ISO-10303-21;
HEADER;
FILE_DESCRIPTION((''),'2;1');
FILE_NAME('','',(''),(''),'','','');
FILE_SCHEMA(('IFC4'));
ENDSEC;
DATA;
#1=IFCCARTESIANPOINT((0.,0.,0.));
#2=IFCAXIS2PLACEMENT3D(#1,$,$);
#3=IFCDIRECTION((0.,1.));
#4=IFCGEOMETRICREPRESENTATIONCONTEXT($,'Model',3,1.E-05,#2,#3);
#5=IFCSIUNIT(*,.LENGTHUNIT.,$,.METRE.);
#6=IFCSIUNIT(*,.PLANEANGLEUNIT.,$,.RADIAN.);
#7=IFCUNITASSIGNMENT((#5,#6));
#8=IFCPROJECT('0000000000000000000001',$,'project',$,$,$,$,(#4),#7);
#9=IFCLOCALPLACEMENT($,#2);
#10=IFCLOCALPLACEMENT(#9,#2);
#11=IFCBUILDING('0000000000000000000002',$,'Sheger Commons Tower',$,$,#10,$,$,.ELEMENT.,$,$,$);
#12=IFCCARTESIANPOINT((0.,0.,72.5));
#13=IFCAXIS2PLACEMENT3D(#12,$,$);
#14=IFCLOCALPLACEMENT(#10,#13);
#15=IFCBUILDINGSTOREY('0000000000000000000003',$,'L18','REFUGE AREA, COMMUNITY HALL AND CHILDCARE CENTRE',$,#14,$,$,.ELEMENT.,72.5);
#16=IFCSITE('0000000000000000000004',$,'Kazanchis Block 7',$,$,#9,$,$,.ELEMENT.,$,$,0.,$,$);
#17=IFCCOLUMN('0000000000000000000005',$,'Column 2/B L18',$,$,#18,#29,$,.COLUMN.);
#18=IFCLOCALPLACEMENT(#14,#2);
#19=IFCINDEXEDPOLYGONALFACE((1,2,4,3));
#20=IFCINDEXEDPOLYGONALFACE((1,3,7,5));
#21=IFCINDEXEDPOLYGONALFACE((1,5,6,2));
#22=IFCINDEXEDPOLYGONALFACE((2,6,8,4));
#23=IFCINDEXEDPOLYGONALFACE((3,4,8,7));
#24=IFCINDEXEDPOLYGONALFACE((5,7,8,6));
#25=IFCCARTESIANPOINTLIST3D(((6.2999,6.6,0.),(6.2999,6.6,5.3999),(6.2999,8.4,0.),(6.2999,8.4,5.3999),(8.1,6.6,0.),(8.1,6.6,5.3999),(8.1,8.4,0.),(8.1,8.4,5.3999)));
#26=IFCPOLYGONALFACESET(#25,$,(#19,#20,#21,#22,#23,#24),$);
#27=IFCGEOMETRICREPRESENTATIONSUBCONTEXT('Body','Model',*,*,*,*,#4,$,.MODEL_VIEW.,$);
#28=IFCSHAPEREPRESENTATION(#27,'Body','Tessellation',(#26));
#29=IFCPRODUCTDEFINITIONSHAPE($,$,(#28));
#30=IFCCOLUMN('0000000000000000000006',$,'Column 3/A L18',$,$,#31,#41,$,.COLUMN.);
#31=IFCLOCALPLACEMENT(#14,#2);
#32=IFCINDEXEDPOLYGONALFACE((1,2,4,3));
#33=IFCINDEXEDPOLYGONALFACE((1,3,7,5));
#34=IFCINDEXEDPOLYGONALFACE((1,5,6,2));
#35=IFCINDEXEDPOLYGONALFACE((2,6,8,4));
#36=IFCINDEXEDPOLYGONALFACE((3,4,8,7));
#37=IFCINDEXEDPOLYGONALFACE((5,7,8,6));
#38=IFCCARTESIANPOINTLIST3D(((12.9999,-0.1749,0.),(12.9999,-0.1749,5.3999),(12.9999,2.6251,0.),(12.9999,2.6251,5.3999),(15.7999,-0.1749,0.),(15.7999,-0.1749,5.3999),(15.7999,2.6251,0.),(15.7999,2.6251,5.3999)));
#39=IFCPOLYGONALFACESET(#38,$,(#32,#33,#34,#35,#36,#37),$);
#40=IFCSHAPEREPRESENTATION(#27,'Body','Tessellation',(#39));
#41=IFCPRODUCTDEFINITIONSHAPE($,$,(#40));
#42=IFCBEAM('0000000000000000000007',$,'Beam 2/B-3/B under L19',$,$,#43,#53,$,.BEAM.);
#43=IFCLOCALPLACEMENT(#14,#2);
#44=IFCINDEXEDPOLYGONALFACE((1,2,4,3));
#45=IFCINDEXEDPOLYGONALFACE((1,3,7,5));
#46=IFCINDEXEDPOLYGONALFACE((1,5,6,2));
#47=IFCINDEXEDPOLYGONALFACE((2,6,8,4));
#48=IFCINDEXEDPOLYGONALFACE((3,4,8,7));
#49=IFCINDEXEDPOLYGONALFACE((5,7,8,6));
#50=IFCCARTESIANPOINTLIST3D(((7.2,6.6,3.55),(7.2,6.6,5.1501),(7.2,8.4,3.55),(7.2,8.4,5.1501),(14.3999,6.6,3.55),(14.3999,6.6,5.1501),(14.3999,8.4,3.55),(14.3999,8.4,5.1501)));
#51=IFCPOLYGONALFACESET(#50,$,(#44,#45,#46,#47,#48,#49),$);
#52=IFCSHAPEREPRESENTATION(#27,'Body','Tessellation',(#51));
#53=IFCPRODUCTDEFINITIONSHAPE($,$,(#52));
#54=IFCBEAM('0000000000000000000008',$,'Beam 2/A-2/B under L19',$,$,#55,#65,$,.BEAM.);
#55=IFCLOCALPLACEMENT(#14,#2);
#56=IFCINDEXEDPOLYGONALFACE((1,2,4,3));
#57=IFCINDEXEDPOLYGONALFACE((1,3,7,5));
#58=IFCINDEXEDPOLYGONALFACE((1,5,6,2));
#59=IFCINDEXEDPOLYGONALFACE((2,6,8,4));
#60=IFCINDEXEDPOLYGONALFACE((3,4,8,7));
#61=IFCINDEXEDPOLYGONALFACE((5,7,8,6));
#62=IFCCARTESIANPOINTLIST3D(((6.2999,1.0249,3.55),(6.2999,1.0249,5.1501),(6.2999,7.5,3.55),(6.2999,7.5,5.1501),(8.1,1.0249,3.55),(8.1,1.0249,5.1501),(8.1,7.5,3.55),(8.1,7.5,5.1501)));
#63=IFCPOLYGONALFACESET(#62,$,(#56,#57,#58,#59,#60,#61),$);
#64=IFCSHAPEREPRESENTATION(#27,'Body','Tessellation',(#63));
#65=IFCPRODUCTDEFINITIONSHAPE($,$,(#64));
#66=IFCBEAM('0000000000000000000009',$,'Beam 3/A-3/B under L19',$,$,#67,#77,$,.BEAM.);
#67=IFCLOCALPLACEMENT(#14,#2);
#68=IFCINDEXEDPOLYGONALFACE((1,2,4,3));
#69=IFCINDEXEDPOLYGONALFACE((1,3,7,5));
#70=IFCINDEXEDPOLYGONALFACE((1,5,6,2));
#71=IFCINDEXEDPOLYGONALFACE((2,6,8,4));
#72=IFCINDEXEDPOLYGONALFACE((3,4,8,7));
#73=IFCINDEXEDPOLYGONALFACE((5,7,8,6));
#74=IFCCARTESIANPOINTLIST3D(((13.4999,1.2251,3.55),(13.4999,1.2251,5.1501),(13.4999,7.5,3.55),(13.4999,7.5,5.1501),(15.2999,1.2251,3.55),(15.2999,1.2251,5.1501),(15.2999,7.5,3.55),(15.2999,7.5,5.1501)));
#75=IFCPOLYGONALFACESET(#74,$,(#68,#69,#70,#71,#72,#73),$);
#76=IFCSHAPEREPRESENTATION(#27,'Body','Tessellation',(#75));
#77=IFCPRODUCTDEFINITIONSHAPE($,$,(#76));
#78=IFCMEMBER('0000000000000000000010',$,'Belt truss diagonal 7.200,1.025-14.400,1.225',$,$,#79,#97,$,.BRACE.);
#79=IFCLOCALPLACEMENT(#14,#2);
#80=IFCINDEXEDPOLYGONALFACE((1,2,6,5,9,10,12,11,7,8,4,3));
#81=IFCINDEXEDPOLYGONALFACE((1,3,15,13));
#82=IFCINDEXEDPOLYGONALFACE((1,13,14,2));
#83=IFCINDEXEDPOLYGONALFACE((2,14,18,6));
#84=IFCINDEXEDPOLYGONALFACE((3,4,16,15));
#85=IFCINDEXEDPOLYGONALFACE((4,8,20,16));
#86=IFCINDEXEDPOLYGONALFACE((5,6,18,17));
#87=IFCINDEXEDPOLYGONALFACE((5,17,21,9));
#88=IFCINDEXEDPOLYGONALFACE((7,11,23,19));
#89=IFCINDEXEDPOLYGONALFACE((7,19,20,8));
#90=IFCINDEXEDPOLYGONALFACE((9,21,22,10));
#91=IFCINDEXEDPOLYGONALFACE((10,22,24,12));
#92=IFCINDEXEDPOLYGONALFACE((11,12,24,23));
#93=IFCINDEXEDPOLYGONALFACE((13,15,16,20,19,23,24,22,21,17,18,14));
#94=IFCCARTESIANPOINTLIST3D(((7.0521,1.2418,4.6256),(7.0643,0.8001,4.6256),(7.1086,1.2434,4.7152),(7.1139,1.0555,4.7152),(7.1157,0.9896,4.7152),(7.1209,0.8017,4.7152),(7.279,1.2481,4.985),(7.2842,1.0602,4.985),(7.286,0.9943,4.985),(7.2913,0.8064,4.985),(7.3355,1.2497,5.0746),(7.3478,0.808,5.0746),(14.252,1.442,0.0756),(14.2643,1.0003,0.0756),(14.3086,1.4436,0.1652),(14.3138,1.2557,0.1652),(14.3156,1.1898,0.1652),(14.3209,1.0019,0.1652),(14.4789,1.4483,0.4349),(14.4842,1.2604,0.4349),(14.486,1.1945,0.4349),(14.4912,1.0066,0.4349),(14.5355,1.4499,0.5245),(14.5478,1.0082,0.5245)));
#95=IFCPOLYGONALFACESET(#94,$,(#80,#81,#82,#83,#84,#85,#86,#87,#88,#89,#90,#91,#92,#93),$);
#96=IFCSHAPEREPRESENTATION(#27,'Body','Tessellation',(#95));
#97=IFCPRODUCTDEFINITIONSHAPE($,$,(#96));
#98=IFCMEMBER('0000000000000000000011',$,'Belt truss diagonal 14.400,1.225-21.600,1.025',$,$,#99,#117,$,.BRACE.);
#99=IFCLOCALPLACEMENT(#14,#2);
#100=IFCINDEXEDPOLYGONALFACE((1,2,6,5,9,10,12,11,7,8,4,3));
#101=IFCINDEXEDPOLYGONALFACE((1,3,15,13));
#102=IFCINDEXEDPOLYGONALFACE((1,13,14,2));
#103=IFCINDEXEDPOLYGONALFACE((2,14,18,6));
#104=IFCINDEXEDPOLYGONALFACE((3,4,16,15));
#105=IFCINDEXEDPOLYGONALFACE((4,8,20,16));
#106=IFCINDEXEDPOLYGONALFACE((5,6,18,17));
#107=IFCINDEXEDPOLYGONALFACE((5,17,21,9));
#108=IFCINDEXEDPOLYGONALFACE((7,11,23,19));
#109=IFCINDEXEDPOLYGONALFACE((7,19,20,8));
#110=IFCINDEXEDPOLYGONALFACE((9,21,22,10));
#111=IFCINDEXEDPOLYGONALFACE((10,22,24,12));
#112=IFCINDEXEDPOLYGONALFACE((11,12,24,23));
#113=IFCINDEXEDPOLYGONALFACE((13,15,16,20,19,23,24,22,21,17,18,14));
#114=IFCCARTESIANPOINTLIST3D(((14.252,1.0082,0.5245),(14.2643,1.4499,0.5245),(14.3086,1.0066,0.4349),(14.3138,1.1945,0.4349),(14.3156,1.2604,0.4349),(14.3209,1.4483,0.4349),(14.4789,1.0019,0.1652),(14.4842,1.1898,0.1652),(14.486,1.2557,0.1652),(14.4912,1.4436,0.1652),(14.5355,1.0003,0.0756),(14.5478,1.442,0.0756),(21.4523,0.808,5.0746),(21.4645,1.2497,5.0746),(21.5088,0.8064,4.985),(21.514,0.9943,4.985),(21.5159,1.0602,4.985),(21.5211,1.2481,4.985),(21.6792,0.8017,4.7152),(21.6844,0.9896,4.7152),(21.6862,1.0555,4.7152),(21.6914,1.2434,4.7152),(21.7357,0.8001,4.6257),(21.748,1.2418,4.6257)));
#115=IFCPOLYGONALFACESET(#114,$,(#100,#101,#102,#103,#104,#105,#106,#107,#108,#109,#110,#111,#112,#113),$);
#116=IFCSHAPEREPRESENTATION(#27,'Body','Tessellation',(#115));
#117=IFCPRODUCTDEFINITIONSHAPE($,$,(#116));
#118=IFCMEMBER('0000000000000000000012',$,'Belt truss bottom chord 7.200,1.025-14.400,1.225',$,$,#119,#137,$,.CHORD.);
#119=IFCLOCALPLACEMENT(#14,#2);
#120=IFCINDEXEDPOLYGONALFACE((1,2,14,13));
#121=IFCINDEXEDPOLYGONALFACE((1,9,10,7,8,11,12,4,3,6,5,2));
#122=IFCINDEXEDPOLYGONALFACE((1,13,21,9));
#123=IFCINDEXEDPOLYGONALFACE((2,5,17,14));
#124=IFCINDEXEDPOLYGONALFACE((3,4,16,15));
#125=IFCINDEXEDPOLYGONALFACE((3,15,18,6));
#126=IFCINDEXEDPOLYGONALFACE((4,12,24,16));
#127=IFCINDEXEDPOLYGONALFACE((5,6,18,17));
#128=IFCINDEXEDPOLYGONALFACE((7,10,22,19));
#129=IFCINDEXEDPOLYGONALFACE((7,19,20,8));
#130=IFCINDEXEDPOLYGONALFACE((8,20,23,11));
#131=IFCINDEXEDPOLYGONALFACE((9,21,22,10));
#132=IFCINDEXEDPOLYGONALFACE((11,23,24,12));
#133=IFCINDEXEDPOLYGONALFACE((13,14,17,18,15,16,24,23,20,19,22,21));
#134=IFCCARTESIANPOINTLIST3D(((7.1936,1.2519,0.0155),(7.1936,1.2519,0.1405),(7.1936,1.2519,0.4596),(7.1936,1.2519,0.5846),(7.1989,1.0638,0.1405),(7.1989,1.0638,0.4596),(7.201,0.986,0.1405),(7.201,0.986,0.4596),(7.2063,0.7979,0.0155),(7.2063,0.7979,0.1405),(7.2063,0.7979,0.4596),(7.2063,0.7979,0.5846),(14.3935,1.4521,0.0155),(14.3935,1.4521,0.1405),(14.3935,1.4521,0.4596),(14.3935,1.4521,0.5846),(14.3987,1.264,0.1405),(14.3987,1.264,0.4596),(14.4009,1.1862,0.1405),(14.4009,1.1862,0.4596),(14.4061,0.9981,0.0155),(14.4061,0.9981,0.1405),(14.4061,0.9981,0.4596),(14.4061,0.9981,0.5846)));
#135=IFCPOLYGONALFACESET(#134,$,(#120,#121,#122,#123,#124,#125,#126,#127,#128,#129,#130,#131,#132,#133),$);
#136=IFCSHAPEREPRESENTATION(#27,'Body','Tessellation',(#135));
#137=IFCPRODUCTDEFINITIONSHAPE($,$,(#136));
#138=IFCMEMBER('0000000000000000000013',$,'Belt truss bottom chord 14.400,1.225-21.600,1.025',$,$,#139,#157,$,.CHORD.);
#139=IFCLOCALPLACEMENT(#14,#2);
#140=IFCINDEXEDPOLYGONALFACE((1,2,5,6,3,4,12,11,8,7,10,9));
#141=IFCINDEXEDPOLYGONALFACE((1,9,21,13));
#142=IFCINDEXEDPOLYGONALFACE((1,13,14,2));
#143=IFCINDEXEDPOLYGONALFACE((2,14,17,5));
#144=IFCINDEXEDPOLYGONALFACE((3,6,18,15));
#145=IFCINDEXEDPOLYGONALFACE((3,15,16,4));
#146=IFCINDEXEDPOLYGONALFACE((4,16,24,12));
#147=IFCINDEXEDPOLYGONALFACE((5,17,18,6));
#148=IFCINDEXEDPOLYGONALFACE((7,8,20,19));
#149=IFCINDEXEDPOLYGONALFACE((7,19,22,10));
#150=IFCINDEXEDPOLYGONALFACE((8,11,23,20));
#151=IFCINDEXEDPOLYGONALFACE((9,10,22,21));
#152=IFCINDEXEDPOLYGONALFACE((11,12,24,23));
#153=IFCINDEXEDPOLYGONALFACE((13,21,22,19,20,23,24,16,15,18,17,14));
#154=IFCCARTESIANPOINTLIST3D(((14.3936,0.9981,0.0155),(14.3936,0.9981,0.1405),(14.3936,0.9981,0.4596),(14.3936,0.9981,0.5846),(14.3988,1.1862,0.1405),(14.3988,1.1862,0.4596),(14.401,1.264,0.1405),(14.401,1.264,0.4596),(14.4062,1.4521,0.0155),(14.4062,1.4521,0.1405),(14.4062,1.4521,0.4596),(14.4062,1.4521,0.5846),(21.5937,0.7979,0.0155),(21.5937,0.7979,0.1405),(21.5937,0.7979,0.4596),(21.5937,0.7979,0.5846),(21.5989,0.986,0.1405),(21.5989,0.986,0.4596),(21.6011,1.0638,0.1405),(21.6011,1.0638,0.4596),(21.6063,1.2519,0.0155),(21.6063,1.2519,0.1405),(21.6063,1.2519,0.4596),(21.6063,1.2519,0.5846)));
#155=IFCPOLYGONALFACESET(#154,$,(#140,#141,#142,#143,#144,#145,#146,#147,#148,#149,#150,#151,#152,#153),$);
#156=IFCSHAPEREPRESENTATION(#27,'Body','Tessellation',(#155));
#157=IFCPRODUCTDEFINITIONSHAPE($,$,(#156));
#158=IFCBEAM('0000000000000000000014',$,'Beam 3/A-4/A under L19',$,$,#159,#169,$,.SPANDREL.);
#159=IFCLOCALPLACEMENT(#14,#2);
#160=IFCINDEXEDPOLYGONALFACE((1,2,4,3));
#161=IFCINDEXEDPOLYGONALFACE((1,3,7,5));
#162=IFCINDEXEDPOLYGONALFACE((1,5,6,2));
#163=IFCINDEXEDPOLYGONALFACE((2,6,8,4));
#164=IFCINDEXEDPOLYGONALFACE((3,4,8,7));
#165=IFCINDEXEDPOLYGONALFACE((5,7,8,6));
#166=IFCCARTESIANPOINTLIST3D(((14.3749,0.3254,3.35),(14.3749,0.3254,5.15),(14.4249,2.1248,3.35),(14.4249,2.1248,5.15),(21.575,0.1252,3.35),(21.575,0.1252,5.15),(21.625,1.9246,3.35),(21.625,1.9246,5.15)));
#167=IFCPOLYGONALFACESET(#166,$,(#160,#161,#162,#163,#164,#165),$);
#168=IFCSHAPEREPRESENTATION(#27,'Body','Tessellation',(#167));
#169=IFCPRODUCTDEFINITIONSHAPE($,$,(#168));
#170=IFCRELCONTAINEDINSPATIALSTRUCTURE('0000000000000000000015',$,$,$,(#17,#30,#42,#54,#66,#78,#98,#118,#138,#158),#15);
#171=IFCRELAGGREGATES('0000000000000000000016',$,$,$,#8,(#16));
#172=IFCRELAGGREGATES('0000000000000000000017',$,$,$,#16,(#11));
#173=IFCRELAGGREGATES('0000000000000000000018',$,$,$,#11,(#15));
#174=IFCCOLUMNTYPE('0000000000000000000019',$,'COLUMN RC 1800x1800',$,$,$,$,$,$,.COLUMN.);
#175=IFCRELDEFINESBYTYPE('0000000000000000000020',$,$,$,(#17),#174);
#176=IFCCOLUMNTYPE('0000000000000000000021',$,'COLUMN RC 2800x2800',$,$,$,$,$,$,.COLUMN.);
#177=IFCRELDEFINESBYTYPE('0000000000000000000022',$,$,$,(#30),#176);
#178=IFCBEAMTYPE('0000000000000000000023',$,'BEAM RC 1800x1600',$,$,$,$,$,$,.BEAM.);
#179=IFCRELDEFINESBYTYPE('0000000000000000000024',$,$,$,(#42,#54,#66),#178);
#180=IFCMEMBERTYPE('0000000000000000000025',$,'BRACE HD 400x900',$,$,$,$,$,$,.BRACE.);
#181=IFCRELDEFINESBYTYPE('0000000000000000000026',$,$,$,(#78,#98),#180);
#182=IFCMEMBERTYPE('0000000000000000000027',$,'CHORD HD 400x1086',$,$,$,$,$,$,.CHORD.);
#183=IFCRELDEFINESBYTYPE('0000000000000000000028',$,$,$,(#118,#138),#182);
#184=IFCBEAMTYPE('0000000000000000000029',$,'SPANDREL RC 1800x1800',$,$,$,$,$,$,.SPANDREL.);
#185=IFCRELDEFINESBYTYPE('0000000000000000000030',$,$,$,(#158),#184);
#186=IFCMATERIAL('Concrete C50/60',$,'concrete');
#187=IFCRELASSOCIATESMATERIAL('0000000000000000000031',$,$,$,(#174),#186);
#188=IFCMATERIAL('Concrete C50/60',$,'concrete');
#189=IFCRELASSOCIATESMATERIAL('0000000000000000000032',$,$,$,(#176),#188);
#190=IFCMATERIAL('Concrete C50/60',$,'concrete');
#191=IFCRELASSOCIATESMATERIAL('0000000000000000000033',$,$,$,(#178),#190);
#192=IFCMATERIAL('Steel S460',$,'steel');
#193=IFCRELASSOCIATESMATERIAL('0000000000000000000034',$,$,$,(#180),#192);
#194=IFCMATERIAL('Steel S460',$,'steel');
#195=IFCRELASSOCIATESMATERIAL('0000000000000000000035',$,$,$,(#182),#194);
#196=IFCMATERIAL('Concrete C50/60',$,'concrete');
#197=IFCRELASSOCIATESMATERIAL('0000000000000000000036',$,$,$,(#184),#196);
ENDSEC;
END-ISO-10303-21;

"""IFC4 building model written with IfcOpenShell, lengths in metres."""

from ifc_helpers import new_model, si_unit, direction, frame, origin, origin_2d, place, context, subcontext, project, spatial, rectangle, i_section, extrude, material, material_profile, profile_set, type_object, element, save


model = new_model("IFC4")

# Units and contexts
model_context = context("Model", 3, precision=1e-05, world=origin(), true_north=direction((0.0, 1.0)))
body_context = subcontext(model_context, "Body", "Model", "MODEL_VIEW")
ifc_project = project(units=[si_unit("LENGTHUNIT", "METRE"), si_unit("PLANEANGLEUNIT", "RADIAN")], contexts=[model_context])

# Site, building, storey
site_placement = place(None, origin())
site = spatial("IfcSite", under=ifc_project, at=site_placement, Name="Kazanchis Block 7", CompositionType="ELEMENT", RefElevation=0.0)
building_placement = place(site_placement, origin())
building = spatial("IfcBuilding", under=site, at=building_placement, Name="Sheger Commons Tower", CompositionType="ELEMENT")
storey_placement = place(building_placement, frame((0.0, 0.0, 72.5)))
storey = spatial("IfcBuildingStorey", under=building, at=storey_placement, Name="L18", Description="REFUGE AREA, COMMUNITY HALL AND CHILDCARE CENTRE", CompositionType="ELEMENT", Elevation=72.5)

# Columns
ifc_material_1 = material(Name="Concrete C50/60", Category="concrete")
ifc_material_profile_1 = material_profile(ifc_material_1, rectangle(XDim=1.8, YDim=1.8, at=origin_2d()), Name="RC 1800x1800")
ifc_profile_set_1 = profile_set([ifc_material_profile_1], Name="Concrete C50/60")
column_type_1 = type_object("IfcColumnType", Name="COLUMN RC 1800x1800", PredefinedType="COLUMN", material=ifc_profile_set_1)
column_1_placement = place(storey_placement, frame((7.2, 7.5, 0.0), z_axis=(0.0, 0.0, 1.0), x_axis=(1.0, 0.0, 0.0)))
element("IfcColumn", 1, at=column_1_placement, inside=storey, type_object=column_type_1, Name="Column 2/B L18", PredefinedType="COLUMN", context=body_context, shape_type="SweptSolid", body=[
    extrude(rectangle(XDim=1.8, YDim=1.8, at=origin_2d()), origin(), (0.0, 0.0, 1.0), 5.3999),
])
ifc_material_2 = material(Name="Concrete C50/60", Category="concrete")
ifc_material_profile_2 = material_profile(ifc_material_2, rectangle(XDim=2.8, YDim=2.8, at=origin_2d()), Name="RC 2800x2800")
ifc_profile_set_2 = profile_set([ifc_material_profile_2], Name="Concrete C50/60")
column_type_2 = type_object("IfcColumnType", Name="COLUMN RC 2800x2800", PredefinedType="COLUMN", material=ifc_profile_set_2)
column_2_placement = place(storey_placement, frame((14.3999, 1.2251, 0.0), z_axis=(0.0, 0.0, 1.0), x_axis=(1.0, 0.0, 0.0)))
element("IfcColumn", 2, at=column_2_placement, inside=storey, type_object=column_type_2, Name="Column 3/A L18", PredefinedType="COLUMN", context=body_context, shape_type="SweptSolid", body=[
    extrude(rectangle(XDim=2.8, YDim=2.8, at=origin_2d()), origin(), (0.0, 0.0, 1.0), 5.3999),
])

# Beams
ifc_material_3 = material(Name="Concrete C50/60", Category="concrete")
ifc_material_profile_3 = material_profile(ifc_material_3, rectangle(XDim=1.8, YDim=1.6001, at=origin_2d()), Name="RC 1800x1600")
ifc_profile_set_3 = profile_set([ifc_material_profile_3], Name="Concrete C50/60")
beam_type_1 = type_object("IfcBeamType", Name="BEAM RC 1800x1600", PredefinedType="BEAM", material=ifc_profile_set_3)
beam_1_placement = place(storey_placement, frame((7.2, 7.5, 4.3501), z_axis=(1.0, 0.0, 0.0), x_axis=(0.0, 1.0, 0.0)))
element("IfcBeam", 3, at=beam_1_placement, inside=storey, type_object=beam_type_1, Name="Beam 2/B-3/B under L19", PredefinedType="BEAM", context=body_context, shape_type="SweptSolid", body=[
    extrude(rectangle(XDim=1.8, YDim=1.6001, at=origin_2d()), origin(), (0.0, 0.0, 1.0), 7.2),
])
beam_2_placement = place(storey_placement, frame((7.2, 1.0249, 4.3501), z_axis=(0.0, 1.0, 0.0), x_axis=(-1.0, 0.0, 0.0)))
element("IfcBeam", 4, at=beam_2_placement, inside=storey, type_object=beam_type_1, Name="Beam 2/A-2/B under L19", PredefinedType="BEAM", context=body_context, shape_type="SweptSolid", body=[
    extrude(rectangle(XDim=1.8, YDim=1.6001, at=origin_2d()), origin(), (0.0, 0.0, 1.0), 6.4751),
])
beam_3_placement = place(storey_placement, frame((14.3999, 1.2251, 4.3501), z_axis=(0.0, 1.0, 0.0), x_axis=(-1.0, 0.0, 0.0)))
element("IfcBeam", 5, at=beam_3_placement, inside=storey, type_object=beam_type_1, Name="Beam 3/A-3/B under L19", PredefinedType="BEAM", context=body_context, shape_type="SweptSolid", body=[
    extrude(rectangle(XDim=1.8, YDim=1.6001, at=origin_2d()), origin(), (0.0, 0.0, 1.0), 6.2749),
])

# Members
ifc_material_4 = material(Name="Steel S460", Category="steel")
ifc_material_profile_4 = material_profile(ifc_material_4, i_section(OverallWidth=0.4419, OverallDepth=0.531, WebThickness=0.0659, FlangeThickness=0.106, at=origin_2d()), Name="HD 400x900")
ifc_profile_set_4 = profile_set([ifc_material_profile_4], Name="Steel S460")
member_type_1 = type_object("IfcMemberType", Name="BRACE HD 400x900", PredefinedType="BRACE", material=ifc_profile_set_4)
member_1_placement = place(storey_placement, frame((14.3999, 1.2251, 0.3), z_axis=(-0.845112, -0.023498, 0.534073), x_axis=(0.027794, -0.999614, 0.0)))
element("IfcMember", 6, at=member_1_placement, inside=storey, type_object=member_type_1, Name="Belt truss diagonal 7.200,1.025-14.400,1.225", PredefinedType="BRACE", context=body_context, shape_type="SweptSolid", body=[
    extrude(i_section(OverallWidth=0.4419, OverallDepth=0.531, WebThickness=0.0659, FlangeThickness=0.106, at=origin_2d()), origin(), (0.0, 0.0, 1.0), 8.5195),
])
member_2_placement = place(storey_placement, frame((14.3999, 1.2251, 0.3), z_axis=(0.84512, -0.023498, 0.53406), x_axis=(0.027793, 0.999614, 0.0)))
element("IfcMember", 7, at=member_2_placement, inside=storey, type_object=member_type_1, Name="Belt truss diagonal 14.400,1.225-21.600,1.025", PredefinedType="BRACE", context=body_context, shape_type="SweptSolid", body=[
    extrude(i_section(OverallWidth=0.4419, OverallDepth=0.531, WebThickness=0.0659, FlangeThickness=0.106, at=origin_2d()), origin(), (0.0, 0.0, 1.0), 8.5198),
])
ifc_material_5 = material(Name="Steel S460", Category="steel")
ifc_material_profile_5 = material_profile(ifc_material_5, i_section(OverallWidth=0.4541, OverallDepth=0.5691, WebThickness=0.0779, FlangeThickness=0.125, at=origin_2d()), Name="HD 400x1086")
ifc_profile_set_5 = profile_set([ifc_material_profile_5], Name="Steel S460")
member_type_2 = type_object("IfcMemberType", Name="CHORD HD 400x1086", PredefinedType="CHORD", material=ifc_profile_set_5)
member_3_placement = place(storey_placement, frame((7.2, 1.0249, 0.3), z_axis=(0.999614, 0.027794, 0.0), x_axis=(-0.027794, 0.999614, 0.0)))
element("IfcMember", 8, at=member_3_placement, inside=storey, type_object=member_type_2, Name="Belt truss bottom chord 7.200,1.025-14.400,1.225", PredefinedType="CHORD", context=body_context, shape_type="SweptSolid", body=[
    extrude(i_section(OverallWidth=0.4541, OverallDepth=0.5691, WebThickness=0.0779, FlangeThickness=0.125, at=origin_2d()), origin(), (0.0, 0.0, 1.0), 7.2026),
])
member_4_placement = place(storey_placement, frame((14.3999, 1.2251, 0.3), z_axis=(0.999614, -0.027793, 0.0), x_axis=(0.027793, 0.999614, 0.0)))
element("IfcMember", 9, at=member_4_placement, inside=storey, type_object=member_type_2, Name="Belt truss bottom chord 14.400,1.225-21.600,1.025", PredefinedType="CHORD", context=body_context, shape_type="SweptSolid", body=[
    extrude(i_section(OverallWidth=0.4541, OverallDepth=0.5691, WebThickness=0.0779, FlangeThickness=0.125, at=origin_2d()), origin(), (0.0, 0.0, 1.0), 7.2029),
])

# Beam
ifc_material_6 = material(Name="Concrete C50/60", Category="concrete")
ifc_material_profile_6 = material_profile(ifc_material_6, rectangle(XDim=1.8, YDim=1.8, at=origin_2d()), Name="RC 1800x1800")
ifc_profile_set_6 = profile_set([ifc_material_profile_6], Name="Concrete C50/60")
beam_type_2 = type_object("IfcBeamType", Name="SPANDREL RC 1800x1800", PredefinedType="SPANDREL", material=ifc_profile_set_6)
beam_4_placement = place(storey_placement, frame((14.3999, 1.2251, 4.25), z_axis=(0.999614, -0.027793, 0.0), x_axis=(0.027793, 0.999614, 0.0)))
element("IfcBeam", 10, at=beam_4_placement, inside=storey, type_object=beam_type_2, Name="Beam 3/A-4/A under L19", PredefinedType="SPANDREL", context=body_context, shape_type="SweptSolid", body=[
    extrude(rectangle(XDim=1.8, YDim=1.8, at=origin_2d()), origin(), (0.0, 0.0, 1.0), 7.2029),
])

save(model, "model.ifc")
